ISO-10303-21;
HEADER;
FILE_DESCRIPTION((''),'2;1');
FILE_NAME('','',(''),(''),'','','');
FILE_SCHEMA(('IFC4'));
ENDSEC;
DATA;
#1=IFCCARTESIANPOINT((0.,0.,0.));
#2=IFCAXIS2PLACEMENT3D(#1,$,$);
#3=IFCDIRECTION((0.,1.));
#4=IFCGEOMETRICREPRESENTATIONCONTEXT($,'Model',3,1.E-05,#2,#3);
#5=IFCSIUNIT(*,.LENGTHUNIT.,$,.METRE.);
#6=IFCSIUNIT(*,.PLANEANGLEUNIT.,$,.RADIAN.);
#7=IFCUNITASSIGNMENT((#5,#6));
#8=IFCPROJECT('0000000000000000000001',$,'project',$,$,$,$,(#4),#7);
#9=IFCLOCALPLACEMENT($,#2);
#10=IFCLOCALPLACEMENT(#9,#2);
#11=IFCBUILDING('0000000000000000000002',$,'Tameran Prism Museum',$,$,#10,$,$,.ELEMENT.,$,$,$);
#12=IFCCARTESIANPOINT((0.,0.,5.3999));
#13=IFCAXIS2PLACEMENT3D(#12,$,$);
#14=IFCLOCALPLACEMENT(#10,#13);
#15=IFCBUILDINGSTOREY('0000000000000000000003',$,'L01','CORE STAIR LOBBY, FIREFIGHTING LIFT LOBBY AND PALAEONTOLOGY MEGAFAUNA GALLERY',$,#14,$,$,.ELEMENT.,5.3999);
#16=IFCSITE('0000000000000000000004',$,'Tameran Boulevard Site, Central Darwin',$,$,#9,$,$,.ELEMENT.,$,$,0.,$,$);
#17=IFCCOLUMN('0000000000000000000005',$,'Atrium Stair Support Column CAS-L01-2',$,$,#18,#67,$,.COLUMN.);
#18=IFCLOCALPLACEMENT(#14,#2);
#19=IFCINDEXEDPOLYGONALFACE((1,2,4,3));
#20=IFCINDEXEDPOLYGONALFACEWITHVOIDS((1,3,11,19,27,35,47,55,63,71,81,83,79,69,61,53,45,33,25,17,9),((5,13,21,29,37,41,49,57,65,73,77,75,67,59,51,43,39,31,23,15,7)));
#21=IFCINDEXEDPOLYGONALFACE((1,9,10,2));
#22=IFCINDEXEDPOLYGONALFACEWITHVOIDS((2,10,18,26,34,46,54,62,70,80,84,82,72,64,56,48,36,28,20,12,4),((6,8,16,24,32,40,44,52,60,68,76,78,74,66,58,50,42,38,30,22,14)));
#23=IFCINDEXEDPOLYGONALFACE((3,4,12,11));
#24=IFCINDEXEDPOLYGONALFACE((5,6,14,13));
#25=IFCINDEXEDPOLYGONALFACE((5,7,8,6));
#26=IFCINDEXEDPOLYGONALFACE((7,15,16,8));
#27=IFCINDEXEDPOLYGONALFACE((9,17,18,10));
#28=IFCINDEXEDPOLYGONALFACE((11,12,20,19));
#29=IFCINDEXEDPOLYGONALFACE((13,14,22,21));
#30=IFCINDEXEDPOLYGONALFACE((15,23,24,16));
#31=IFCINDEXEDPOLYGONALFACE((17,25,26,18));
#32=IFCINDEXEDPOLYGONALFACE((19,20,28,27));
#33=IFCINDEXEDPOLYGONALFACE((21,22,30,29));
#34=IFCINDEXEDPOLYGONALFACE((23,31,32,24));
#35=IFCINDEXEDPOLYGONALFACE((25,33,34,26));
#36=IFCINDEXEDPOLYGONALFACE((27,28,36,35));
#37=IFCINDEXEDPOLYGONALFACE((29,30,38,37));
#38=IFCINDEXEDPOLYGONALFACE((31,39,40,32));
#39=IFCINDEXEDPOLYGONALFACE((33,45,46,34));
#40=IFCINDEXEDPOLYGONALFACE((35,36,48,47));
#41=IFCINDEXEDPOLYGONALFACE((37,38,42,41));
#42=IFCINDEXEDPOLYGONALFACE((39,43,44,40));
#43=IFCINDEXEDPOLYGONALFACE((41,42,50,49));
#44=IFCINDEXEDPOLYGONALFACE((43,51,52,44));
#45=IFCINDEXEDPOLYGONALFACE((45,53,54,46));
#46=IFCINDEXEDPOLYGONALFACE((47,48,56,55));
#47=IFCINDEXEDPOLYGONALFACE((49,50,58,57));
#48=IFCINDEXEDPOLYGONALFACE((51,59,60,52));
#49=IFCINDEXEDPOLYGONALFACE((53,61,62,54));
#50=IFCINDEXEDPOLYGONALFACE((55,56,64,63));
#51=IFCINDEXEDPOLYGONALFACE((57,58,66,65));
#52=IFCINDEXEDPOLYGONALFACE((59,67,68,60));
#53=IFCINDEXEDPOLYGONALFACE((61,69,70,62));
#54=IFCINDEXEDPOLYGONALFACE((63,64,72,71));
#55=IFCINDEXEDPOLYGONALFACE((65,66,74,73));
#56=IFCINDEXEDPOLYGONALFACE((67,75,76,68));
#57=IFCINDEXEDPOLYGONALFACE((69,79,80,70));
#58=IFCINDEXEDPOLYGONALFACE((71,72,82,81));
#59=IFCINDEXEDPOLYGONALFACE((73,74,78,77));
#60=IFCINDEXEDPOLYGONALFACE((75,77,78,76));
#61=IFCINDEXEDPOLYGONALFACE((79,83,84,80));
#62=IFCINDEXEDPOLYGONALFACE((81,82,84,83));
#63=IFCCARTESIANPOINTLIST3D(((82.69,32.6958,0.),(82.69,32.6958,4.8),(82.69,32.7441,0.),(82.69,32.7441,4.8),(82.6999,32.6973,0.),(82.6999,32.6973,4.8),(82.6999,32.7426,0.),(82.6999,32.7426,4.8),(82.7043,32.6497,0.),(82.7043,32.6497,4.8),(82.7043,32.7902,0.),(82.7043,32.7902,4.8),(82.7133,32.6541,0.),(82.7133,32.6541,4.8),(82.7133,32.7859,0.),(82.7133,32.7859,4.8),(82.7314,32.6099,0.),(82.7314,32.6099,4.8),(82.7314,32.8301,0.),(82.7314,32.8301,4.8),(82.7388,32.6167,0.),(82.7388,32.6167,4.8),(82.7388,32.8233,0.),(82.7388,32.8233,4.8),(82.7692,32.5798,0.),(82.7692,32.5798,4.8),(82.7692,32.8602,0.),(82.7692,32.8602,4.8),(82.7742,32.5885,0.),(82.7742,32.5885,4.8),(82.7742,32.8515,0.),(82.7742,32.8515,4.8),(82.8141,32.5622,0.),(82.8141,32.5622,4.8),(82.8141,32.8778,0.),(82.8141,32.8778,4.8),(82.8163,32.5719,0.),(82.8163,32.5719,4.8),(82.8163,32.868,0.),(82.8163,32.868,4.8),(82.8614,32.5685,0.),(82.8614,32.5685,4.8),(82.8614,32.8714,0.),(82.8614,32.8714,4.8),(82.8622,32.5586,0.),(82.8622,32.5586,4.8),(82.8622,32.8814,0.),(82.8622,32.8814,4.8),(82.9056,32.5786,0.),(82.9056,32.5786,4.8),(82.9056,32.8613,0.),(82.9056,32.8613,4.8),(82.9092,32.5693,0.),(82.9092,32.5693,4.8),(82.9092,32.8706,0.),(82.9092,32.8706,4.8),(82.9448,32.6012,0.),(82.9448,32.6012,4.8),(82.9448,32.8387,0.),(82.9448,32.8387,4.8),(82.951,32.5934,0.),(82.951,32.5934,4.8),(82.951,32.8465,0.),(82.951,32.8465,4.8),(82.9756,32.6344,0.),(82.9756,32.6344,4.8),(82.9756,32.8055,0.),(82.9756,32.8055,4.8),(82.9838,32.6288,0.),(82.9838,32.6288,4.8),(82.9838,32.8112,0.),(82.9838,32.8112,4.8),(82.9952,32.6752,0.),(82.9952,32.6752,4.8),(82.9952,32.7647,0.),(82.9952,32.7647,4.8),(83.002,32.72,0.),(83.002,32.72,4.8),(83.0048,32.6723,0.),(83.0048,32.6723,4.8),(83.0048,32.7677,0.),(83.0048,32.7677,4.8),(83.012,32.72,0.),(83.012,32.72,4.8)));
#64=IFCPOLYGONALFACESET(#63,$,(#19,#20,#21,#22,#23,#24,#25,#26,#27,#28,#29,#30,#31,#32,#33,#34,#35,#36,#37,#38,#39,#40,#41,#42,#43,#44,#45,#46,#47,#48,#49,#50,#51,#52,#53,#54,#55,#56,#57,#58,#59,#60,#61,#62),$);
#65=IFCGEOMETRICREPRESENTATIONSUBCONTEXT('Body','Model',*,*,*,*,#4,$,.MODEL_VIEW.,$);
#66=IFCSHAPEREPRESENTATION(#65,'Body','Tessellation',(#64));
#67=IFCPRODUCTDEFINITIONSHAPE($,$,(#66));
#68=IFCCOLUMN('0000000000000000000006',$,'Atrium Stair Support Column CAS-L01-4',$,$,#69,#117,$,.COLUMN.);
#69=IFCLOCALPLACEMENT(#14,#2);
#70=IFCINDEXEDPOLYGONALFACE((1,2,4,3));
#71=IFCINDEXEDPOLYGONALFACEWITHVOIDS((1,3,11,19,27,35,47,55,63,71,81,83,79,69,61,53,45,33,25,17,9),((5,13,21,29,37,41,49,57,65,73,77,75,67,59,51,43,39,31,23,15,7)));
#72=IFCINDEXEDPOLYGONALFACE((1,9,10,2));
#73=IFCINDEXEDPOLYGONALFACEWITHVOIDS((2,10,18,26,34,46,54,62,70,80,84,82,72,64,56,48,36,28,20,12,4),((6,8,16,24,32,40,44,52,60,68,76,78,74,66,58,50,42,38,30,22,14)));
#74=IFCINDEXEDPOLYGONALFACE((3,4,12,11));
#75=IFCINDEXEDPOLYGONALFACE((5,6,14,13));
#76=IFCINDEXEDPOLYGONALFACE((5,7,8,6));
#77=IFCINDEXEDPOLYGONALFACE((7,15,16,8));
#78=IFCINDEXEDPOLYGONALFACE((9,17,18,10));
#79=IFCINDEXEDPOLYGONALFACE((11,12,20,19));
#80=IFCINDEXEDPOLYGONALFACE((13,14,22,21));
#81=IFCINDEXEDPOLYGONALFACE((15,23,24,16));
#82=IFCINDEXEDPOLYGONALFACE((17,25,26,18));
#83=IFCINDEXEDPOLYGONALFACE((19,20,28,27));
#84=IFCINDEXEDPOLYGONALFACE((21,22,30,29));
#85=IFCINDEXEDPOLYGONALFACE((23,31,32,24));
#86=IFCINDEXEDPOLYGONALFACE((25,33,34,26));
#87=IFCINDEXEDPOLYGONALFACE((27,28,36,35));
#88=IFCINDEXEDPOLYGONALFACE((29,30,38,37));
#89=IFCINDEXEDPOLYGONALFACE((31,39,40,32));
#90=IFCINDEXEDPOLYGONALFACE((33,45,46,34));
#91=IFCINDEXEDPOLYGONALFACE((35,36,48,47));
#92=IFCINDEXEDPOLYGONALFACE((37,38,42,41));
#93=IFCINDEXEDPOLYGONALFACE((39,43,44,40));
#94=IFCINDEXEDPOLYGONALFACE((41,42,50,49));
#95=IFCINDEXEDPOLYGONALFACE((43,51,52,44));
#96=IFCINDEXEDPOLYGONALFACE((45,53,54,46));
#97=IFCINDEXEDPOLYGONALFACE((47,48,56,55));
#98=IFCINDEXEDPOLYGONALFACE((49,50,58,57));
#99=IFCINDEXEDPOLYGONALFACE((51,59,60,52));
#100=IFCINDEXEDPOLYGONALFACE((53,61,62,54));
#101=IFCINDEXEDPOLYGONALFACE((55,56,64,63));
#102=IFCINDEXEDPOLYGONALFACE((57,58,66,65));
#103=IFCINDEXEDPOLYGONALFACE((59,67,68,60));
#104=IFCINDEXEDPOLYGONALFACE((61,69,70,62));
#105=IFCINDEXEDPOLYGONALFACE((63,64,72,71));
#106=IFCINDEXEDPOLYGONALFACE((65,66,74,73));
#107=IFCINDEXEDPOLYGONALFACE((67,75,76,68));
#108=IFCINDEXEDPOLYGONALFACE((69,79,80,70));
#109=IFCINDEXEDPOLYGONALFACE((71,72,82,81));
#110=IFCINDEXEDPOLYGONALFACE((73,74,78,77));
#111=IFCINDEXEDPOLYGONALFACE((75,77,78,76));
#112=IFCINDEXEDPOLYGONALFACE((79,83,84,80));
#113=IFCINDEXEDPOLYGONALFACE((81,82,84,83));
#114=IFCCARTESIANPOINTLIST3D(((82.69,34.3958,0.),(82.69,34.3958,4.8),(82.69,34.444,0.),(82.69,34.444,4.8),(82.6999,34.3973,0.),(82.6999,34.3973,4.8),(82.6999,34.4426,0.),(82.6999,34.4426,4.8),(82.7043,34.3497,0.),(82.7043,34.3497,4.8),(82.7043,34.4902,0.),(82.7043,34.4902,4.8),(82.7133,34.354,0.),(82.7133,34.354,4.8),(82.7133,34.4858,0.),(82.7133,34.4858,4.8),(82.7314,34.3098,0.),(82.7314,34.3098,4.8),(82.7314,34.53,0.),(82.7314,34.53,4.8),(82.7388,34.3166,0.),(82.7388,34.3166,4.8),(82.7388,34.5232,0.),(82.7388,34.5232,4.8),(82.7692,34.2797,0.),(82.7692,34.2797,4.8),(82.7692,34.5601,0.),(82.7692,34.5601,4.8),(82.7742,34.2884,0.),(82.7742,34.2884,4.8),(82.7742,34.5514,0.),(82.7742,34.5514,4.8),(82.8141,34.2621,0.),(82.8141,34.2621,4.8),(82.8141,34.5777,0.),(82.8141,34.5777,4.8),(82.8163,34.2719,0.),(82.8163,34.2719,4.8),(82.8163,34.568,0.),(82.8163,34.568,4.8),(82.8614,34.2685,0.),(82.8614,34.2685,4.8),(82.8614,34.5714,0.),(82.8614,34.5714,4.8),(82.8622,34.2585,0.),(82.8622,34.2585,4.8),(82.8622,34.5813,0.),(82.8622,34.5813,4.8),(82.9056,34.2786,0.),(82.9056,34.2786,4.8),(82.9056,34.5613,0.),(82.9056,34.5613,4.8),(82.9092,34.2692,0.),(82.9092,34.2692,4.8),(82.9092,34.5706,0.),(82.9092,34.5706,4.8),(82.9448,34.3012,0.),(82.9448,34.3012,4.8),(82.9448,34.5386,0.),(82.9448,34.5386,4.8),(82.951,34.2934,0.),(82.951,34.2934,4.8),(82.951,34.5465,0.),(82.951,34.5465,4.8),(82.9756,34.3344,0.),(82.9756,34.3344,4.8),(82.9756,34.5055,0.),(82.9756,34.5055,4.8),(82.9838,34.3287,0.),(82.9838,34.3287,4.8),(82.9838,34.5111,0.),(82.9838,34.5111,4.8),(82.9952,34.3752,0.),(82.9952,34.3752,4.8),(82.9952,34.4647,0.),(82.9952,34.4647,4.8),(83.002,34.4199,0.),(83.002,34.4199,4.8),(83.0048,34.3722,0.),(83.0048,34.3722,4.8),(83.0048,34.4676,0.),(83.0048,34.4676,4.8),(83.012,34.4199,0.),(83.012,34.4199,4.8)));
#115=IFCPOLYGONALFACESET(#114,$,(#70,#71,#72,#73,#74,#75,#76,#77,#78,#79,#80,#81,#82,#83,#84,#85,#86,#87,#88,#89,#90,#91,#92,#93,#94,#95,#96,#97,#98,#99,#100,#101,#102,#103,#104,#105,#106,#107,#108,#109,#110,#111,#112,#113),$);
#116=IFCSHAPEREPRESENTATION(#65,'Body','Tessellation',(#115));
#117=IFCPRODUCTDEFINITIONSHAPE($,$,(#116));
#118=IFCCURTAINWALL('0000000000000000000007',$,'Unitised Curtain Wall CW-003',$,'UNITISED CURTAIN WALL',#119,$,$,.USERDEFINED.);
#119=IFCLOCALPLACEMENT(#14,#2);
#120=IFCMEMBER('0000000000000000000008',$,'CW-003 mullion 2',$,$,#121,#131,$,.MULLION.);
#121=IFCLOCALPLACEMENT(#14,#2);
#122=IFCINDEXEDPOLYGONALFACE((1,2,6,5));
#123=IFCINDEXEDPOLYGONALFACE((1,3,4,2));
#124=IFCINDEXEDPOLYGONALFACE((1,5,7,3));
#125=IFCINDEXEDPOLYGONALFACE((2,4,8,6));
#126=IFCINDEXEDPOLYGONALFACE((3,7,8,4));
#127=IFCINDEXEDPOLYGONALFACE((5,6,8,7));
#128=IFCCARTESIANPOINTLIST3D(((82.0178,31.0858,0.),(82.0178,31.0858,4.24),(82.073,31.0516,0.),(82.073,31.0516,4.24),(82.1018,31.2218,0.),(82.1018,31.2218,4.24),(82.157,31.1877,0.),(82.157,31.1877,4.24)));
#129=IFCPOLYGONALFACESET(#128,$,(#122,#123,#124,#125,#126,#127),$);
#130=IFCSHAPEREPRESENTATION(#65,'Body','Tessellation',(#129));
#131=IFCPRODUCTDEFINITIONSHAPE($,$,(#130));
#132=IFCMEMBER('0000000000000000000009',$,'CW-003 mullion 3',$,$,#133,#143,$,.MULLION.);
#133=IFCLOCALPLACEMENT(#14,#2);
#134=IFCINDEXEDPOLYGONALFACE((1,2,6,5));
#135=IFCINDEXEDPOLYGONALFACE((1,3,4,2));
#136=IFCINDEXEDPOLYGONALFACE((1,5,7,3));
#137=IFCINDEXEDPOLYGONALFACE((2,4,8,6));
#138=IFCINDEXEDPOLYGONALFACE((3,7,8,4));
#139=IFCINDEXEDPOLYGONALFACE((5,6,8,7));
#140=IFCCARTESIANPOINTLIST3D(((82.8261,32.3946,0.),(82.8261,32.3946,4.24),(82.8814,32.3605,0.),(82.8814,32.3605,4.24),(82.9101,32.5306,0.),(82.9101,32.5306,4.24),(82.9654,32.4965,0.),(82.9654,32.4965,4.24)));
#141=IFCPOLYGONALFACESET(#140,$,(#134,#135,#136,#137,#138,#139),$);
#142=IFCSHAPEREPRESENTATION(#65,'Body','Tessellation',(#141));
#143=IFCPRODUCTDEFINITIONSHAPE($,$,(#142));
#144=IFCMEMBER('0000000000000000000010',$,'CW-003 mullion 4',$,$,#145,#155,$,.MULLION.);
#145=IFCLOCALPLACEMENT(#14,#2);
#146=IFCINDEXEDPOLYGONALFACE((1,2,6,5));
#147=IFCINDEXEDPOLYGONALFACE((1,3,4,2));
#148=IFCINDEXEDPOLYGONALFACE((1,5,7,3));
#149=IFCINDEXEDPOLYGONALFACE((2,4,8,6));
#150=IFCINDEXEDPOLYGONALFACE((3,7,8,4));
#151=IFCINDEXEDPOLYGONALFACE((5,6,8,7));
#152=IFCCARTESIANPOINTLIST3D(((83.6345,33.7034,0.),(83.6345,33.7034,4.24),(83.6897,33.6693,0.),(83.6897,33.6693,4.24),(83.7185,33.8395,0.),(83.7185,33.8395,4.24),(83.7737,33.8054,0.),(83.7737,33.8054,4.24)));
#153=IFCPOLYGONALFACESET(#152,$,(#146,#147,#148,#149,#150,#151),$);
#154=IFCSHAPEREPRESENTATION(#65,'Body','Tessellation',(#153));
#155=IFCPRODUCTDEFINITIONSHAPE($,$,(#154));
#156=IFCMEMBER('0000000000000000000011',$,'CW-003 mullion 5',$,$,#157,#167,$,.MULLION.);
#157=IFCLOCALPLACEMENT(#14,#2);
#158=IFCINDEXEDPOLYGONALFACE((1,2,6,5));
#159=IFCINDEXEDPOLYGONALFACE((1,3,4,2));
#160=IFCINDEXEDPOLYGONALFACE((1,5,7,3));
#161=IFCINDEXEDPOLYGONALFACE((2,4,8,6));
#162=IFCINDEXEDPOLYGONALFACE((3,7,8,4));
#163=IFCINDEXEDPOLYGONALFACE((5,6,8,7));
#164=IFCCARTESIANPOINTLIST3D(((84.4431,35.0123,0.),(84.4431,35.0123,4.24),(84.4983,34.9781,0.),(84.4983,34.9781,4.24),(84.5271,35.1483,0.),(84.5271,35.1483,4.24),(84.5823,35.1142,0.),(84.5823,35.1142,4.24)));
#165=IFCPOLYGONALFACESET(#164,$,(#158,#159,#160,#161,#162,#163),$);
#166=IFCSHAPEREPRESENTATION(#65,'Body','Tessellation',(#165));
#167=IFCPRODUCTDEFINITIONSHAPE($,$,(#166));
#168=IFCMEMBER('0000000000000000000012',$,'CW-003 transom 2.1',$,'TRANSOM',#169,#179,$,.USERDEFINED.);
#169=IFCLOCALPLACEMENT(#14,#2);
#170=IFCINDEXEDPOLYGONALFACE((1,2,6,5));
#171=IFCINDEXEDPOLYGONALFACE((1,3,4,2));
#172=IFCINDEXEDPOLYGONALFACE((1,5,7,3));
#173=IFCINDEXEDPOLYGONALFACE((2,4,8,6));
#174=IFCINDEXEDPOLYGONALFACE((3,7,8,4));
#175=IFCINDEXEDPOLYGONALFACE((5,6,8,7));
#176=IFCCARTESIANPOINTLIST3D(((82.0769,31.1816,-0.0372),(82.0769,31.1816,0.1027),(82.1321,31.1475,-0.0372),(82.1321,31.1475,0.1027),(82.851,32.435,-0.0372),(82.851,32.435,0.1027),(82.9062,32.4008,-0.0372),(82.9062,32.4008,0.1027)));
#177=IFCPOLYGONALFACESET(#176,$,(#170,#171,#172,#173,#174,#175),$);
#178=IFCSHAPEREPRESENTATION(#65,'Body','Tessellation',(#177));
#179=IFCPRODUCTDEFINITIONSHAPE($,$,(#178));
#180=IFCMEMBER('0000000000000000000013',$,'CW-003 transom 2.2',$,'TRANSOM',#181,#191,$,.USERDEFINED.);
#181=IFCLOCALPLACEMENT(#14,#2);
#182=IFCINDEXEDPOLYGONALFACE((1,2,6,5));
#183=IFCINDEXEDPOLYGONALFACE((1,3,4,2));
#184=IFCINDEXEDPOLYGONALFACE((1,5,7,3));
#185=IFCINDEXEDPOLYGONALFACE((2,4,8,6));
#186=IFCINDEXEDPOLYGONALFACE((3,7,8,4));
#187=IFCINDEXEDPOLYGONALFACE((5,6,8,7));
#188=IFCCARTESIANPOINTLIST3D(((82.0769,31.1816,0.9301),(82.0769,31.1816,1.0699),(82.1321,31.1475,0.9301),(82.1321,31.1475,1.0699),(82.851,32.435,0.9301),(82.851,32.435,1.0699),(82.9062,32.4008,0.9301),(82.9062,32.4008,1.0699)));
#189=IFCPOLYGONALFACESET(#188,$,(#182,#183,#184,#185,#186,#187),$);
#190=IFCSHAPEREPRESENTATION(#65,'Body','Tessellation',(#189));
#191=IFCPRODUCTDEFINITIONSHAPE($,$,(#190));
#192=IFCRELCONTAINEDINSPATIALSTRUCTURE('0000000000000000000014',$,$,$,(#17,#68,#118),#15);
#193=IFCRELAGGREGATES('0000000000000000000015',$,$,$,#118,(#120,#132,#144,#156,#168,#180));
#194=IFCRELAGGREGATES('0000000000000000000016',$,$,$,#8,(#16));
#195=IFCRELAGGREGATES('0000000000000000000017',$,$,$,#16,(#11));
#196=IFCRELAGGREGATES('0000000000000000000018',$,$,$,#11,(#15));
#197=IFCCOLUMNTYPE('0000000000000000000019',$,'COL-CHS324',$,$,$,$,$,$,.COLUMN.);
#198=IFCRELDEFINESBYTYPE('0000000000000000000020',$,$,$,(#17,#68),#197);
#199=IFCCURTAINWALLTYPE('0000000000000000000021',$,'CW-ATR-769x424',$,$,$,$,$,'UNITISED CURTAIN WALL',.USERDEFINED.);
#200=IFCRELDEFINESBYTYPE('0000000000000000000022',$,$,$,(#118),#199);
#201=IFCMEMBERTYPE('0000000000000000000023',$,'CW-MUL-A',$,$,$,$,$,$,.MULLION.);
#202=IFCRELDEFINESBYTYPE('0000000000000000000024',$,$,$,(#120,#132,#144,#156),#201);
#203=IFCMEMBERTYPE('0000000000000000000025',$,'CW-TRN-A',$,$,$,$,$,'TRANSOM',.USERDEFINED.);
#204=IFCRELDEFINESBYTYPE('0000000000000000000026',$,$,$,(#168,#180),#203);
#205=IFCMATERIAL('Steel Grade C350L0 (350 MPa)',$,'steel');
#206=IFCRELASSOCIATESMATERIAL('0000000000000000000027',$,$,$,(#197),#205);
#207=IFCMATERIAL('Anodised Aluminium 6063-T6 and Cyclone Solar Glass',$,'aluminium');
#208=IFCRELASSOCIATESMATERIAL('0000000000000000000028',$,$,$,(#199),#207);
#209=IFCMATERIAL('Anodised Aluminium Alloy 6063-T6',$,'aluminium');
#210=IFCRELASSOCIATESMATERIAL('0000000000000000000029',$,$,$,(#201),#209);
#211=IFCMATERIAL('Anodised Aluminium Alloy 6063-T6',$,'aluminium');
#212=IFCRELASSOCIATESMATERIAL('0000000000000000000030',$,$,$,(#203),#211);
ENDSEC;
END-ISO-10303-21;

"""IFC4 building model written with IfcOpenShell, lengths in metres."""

from ifc_helpers import new_model, si_unit, direction, frame, origin, origin_2d, place, context, subcontext, project, spatial, rectangle, hollow_circle, extrude, material, material_profile, profile_set, type_object, element, aggregate, save


model = new_model("IFC4")

# Units and contexts
model_context = context("Model", 3, precision=1e-05, world=origin(), true_north=direction((0.0, 1.0)))
body_context = subcontext(model_context, "Body", "Model", "MODEL_VIEW")
ifc_project = project(units=[si_unit("LENGTHUNIT", "METRE"), si_unit("PLANEANGLEUNIT", "RADIAN")], contexts=[model_context])

# Site, building, storey
site_placement = place(None, origin())
site = spatial("IfcSite", under=ifc_project, at=site_placement, Name="Tameran Boulevard Site, Central Darwin", CompositionType="ELEMENT", RefElevation=0.0)
building_placement = place(site_placement, origin())
building = spatial("IfcBuilding", under=site, at=building_placement, Name="Tameran Prism Museum", CompositionType="ELEMENT")
storey_placement = place(building_placement, frame((0.0, 0.0, 5.3999)))
storey = spatial("IfcBuildingStorey", under=building, at=storey_placement, Name="L01", Description="CORE STAIR LOBBY, FIREFIGHTING LIFT LOBBY AND PALAEONTOLOGY MEGAFAUNA GALLERY", CompositionType="ELEMENT", Elevation=5.3999)

# Columns
ifc_material_1 = material(Name="Steel Grade C350L0 (350 MPa)", Category="steel")
ifc_material_profile_1 = material_profile(ifc_material_1, hollow_circle(Radius=0.1619, WallThickness=0.01, at=origin_2d()))
ifc_profile_set_1 = profile_set([ifc_material_profile_1])
column_type = type_object("IfcColumnType", Name="COL-CHS324", PredefinedType="COLUMN", material=ifc_profile_set_1)
for number, where, z_axis, x_axis, name in (
    (1, (82.8501, 32.72, 0.0), (0.0, 0.0, 1.0), (1.0, 0.0, 0.0), "Atrium Stair Support Column CAS-L01-2"),
    (2, (82.8501, 34.4199, 0.0), (0.0, 0.0, 1.0), (1.0, 0.0, 0.0), "Atrium Stair Support Column CAS-L01-4"),
):
    element("IfcColumn", number, at=place(storey_placement, frame(where, z_axis=z_axis, x_axis=x_axis)), inside=storey, type_object=column_type, Name=name, PredefinedType="COLUMN", context=body_context, shape_type="SweptSolid", body=[
        extrude(hollow_circle(Radius=0.1619, WallThickness=0.01, at=origin_2d()), origin(), (0.0, 0.0, 1.0), 4.8),
    ])

# Curtain wall, members
ifc_material_2 = material(Name="Anodised Aluminium 6063-T6 and Cyclone Solar Glass", Category="aluminium")
curtain_wall_type = type_object("IfcCurtainWallType", Name="CW-ATR-769x424", ElementType="UNITISED CURTAIN WALL", PredefinedType="USERDEFINED", material=ifc_material_2)
curtain_wall_placement = place(storey_placement, origin())
curtain_wall = element("IfcCurtainWall", 3, at=curtain_wall_placement, inside=storey, type_object=curtain_wall_type, Name="Unitised Curtain Wall CW-003", ObjectType="UNITISED CURTAIN WALL", PredefinedType="USERDEFINED")
ifc_material_3 = material(Name="Anodised Aluminium Alloy 6063-T6", Category="aluminium")
ifc_material_profile_2 = material_profile(ifc_material_3, rectangle(XDim=0.0649, YDim=0.1599, at=origin_2d()))
ifc_profile_set_2 = profile_set([ifc_material_profile_2])
member_type_1 = type_object("IfcMemberType", Name="CW-MUL-A", PredefinedType="MULLION", material=ifc_profile_set_2)
member_1_placement = place(storey_placement, frame((82.0874, 31.1367, 0.0), z_axis=(0.0, 0.0, 1.0), x_axis=(-0.850791, 0.525504, 0.0)))
member_1 = element("IfcMember", 4, at=member_1_placement, type_object=member_type_1, Name="CW-003 mullion 2", PredefinedType="MULLION", context=body_context, shape_type="SweptSolid", body=[
    extrude(rectangle(XDim=0.0649, YDim=0.1599, at=origin_2d()), origin(), (0.0, 0.0, 1.0), 4.24),
])
member_2_placement = place(storey_placement, frame((82.8958, 32.4456, 0.0), z_axis=(0.0, 0.0, 1.0), x_axis=(-0.850791, 0.525504, 0.0)))
member_2 = element("IfcMember", 5, at=member_2_placement, type_object=member_type_1, Name="CW-003 mullion 3", PredefinedType="MULLION", context=body_context, shape_type="SweptSolid", body=[
    extrude(rectangle(XDim=0.0649, YDim=0.1599, at=origin_2d()), origin(), (0.0, 0.0, 1.0), 4.24),
])
member_3_placement = place(storey_placement, frame((83.7041, 33.7544, 0.0), z_axis=(0.0, 0.0, 1.0), x_axis=(-0.850791, 0.525504, 0.0)))
member_3 = element("IfcMember", 6, at=member_3_placement, type_object=member_type_1, Name="CW-003 mullion 4", PredefinedType="MULLION", context=body_context, shape_type="SweptSolid", body=[
    extrude(rectangle(XDim=0.0649, YDim=0.1599, at=origin_2d()), origin(), (0.0, 0.0, 1.0), 4.24),
])
member_4_placement = place(storey_placement, frame((84.5127, 35.0632, 0.0), z_axis=(0.0, 0.0, 1.0), x_axis=(-0.850791, 0.525504, 0.0)))
member_4 = element("IfcMember", 7, at=member_4_placement, type_object=member_type_1, Name="CW-003 mullion 5", PredefinedType="MULLION", context=body_context, shape_type="SweptSolid", body=[
    extrude(rectangle(XDim=0.0649, YDim=0.1599, at=origin_2d()), origin(), (0.0, 0.0, 1.0), 4.24),
])
ifc_material_4 = material(Name="Anodised Aluminium Alloy 6063-T6", Category="aluminium")
ifc_material_profile_3 = material_profile(ifc_material_4, rectangle(XDim=0.0649, YDim=0.1399, at=origin_2d()))
ifc_profile_set_3 = profile_set([ifc_material_profile_3])
member_type_2 = type_object("IfcMemberType", Name="CW-TRN-A", ElementType="TRANSOM", PredefinedType="USERDEFINED", material=ifc_profile_set_3)
member_5_placement = place(storey_placement, frame((82.1045, 31.1646, 0.0327), z_axis=(0.525493, 0.850798, 0.0), x_axis=(-0.850798, 0.525493, 0.0)))
member_5 = element("IfcMember", 8, at=member_5_placement, type_object=member_type_2, Name="CW-003 transom 2.1", ObjectType="TRANSOM", PredefinedType="USERDEFINED", context=body_context, shape_type="SweptSolid", body=[
    extrude(rectangle(XDim=0.0649, YDim=0.1399, at=origin_2d()), origin(), (0.0, 0.0, 1.0), 1.4731),
])
member_6_placement = place(storey_placement, frame((82.1045, 31.1646, 1.0), z_axis=(0.525493, 0.850798, 0.0), x_axis=(-0.850798, 0.525493, 0.0)))
member_6 = element("IfcMember", 9, at=member_6_placement, type_object=member_type_2, Name="CW-003 transom 2.2", ObjectType="TRANSOM", PredefinedType="USERDEFINED", context=body_context, shape_type="SweptSolid", body=[
    extrude(rectangle(XDim=0.0649, YDim=0.1399, at=origin_2d()), origin(), (0.0, 0.0, 1.0), 1.4731),
])
aggregate(curtain_wall, [member_1, member_2, member_3, member_4, member_5, member_6])

save(model, "model.ifc")
